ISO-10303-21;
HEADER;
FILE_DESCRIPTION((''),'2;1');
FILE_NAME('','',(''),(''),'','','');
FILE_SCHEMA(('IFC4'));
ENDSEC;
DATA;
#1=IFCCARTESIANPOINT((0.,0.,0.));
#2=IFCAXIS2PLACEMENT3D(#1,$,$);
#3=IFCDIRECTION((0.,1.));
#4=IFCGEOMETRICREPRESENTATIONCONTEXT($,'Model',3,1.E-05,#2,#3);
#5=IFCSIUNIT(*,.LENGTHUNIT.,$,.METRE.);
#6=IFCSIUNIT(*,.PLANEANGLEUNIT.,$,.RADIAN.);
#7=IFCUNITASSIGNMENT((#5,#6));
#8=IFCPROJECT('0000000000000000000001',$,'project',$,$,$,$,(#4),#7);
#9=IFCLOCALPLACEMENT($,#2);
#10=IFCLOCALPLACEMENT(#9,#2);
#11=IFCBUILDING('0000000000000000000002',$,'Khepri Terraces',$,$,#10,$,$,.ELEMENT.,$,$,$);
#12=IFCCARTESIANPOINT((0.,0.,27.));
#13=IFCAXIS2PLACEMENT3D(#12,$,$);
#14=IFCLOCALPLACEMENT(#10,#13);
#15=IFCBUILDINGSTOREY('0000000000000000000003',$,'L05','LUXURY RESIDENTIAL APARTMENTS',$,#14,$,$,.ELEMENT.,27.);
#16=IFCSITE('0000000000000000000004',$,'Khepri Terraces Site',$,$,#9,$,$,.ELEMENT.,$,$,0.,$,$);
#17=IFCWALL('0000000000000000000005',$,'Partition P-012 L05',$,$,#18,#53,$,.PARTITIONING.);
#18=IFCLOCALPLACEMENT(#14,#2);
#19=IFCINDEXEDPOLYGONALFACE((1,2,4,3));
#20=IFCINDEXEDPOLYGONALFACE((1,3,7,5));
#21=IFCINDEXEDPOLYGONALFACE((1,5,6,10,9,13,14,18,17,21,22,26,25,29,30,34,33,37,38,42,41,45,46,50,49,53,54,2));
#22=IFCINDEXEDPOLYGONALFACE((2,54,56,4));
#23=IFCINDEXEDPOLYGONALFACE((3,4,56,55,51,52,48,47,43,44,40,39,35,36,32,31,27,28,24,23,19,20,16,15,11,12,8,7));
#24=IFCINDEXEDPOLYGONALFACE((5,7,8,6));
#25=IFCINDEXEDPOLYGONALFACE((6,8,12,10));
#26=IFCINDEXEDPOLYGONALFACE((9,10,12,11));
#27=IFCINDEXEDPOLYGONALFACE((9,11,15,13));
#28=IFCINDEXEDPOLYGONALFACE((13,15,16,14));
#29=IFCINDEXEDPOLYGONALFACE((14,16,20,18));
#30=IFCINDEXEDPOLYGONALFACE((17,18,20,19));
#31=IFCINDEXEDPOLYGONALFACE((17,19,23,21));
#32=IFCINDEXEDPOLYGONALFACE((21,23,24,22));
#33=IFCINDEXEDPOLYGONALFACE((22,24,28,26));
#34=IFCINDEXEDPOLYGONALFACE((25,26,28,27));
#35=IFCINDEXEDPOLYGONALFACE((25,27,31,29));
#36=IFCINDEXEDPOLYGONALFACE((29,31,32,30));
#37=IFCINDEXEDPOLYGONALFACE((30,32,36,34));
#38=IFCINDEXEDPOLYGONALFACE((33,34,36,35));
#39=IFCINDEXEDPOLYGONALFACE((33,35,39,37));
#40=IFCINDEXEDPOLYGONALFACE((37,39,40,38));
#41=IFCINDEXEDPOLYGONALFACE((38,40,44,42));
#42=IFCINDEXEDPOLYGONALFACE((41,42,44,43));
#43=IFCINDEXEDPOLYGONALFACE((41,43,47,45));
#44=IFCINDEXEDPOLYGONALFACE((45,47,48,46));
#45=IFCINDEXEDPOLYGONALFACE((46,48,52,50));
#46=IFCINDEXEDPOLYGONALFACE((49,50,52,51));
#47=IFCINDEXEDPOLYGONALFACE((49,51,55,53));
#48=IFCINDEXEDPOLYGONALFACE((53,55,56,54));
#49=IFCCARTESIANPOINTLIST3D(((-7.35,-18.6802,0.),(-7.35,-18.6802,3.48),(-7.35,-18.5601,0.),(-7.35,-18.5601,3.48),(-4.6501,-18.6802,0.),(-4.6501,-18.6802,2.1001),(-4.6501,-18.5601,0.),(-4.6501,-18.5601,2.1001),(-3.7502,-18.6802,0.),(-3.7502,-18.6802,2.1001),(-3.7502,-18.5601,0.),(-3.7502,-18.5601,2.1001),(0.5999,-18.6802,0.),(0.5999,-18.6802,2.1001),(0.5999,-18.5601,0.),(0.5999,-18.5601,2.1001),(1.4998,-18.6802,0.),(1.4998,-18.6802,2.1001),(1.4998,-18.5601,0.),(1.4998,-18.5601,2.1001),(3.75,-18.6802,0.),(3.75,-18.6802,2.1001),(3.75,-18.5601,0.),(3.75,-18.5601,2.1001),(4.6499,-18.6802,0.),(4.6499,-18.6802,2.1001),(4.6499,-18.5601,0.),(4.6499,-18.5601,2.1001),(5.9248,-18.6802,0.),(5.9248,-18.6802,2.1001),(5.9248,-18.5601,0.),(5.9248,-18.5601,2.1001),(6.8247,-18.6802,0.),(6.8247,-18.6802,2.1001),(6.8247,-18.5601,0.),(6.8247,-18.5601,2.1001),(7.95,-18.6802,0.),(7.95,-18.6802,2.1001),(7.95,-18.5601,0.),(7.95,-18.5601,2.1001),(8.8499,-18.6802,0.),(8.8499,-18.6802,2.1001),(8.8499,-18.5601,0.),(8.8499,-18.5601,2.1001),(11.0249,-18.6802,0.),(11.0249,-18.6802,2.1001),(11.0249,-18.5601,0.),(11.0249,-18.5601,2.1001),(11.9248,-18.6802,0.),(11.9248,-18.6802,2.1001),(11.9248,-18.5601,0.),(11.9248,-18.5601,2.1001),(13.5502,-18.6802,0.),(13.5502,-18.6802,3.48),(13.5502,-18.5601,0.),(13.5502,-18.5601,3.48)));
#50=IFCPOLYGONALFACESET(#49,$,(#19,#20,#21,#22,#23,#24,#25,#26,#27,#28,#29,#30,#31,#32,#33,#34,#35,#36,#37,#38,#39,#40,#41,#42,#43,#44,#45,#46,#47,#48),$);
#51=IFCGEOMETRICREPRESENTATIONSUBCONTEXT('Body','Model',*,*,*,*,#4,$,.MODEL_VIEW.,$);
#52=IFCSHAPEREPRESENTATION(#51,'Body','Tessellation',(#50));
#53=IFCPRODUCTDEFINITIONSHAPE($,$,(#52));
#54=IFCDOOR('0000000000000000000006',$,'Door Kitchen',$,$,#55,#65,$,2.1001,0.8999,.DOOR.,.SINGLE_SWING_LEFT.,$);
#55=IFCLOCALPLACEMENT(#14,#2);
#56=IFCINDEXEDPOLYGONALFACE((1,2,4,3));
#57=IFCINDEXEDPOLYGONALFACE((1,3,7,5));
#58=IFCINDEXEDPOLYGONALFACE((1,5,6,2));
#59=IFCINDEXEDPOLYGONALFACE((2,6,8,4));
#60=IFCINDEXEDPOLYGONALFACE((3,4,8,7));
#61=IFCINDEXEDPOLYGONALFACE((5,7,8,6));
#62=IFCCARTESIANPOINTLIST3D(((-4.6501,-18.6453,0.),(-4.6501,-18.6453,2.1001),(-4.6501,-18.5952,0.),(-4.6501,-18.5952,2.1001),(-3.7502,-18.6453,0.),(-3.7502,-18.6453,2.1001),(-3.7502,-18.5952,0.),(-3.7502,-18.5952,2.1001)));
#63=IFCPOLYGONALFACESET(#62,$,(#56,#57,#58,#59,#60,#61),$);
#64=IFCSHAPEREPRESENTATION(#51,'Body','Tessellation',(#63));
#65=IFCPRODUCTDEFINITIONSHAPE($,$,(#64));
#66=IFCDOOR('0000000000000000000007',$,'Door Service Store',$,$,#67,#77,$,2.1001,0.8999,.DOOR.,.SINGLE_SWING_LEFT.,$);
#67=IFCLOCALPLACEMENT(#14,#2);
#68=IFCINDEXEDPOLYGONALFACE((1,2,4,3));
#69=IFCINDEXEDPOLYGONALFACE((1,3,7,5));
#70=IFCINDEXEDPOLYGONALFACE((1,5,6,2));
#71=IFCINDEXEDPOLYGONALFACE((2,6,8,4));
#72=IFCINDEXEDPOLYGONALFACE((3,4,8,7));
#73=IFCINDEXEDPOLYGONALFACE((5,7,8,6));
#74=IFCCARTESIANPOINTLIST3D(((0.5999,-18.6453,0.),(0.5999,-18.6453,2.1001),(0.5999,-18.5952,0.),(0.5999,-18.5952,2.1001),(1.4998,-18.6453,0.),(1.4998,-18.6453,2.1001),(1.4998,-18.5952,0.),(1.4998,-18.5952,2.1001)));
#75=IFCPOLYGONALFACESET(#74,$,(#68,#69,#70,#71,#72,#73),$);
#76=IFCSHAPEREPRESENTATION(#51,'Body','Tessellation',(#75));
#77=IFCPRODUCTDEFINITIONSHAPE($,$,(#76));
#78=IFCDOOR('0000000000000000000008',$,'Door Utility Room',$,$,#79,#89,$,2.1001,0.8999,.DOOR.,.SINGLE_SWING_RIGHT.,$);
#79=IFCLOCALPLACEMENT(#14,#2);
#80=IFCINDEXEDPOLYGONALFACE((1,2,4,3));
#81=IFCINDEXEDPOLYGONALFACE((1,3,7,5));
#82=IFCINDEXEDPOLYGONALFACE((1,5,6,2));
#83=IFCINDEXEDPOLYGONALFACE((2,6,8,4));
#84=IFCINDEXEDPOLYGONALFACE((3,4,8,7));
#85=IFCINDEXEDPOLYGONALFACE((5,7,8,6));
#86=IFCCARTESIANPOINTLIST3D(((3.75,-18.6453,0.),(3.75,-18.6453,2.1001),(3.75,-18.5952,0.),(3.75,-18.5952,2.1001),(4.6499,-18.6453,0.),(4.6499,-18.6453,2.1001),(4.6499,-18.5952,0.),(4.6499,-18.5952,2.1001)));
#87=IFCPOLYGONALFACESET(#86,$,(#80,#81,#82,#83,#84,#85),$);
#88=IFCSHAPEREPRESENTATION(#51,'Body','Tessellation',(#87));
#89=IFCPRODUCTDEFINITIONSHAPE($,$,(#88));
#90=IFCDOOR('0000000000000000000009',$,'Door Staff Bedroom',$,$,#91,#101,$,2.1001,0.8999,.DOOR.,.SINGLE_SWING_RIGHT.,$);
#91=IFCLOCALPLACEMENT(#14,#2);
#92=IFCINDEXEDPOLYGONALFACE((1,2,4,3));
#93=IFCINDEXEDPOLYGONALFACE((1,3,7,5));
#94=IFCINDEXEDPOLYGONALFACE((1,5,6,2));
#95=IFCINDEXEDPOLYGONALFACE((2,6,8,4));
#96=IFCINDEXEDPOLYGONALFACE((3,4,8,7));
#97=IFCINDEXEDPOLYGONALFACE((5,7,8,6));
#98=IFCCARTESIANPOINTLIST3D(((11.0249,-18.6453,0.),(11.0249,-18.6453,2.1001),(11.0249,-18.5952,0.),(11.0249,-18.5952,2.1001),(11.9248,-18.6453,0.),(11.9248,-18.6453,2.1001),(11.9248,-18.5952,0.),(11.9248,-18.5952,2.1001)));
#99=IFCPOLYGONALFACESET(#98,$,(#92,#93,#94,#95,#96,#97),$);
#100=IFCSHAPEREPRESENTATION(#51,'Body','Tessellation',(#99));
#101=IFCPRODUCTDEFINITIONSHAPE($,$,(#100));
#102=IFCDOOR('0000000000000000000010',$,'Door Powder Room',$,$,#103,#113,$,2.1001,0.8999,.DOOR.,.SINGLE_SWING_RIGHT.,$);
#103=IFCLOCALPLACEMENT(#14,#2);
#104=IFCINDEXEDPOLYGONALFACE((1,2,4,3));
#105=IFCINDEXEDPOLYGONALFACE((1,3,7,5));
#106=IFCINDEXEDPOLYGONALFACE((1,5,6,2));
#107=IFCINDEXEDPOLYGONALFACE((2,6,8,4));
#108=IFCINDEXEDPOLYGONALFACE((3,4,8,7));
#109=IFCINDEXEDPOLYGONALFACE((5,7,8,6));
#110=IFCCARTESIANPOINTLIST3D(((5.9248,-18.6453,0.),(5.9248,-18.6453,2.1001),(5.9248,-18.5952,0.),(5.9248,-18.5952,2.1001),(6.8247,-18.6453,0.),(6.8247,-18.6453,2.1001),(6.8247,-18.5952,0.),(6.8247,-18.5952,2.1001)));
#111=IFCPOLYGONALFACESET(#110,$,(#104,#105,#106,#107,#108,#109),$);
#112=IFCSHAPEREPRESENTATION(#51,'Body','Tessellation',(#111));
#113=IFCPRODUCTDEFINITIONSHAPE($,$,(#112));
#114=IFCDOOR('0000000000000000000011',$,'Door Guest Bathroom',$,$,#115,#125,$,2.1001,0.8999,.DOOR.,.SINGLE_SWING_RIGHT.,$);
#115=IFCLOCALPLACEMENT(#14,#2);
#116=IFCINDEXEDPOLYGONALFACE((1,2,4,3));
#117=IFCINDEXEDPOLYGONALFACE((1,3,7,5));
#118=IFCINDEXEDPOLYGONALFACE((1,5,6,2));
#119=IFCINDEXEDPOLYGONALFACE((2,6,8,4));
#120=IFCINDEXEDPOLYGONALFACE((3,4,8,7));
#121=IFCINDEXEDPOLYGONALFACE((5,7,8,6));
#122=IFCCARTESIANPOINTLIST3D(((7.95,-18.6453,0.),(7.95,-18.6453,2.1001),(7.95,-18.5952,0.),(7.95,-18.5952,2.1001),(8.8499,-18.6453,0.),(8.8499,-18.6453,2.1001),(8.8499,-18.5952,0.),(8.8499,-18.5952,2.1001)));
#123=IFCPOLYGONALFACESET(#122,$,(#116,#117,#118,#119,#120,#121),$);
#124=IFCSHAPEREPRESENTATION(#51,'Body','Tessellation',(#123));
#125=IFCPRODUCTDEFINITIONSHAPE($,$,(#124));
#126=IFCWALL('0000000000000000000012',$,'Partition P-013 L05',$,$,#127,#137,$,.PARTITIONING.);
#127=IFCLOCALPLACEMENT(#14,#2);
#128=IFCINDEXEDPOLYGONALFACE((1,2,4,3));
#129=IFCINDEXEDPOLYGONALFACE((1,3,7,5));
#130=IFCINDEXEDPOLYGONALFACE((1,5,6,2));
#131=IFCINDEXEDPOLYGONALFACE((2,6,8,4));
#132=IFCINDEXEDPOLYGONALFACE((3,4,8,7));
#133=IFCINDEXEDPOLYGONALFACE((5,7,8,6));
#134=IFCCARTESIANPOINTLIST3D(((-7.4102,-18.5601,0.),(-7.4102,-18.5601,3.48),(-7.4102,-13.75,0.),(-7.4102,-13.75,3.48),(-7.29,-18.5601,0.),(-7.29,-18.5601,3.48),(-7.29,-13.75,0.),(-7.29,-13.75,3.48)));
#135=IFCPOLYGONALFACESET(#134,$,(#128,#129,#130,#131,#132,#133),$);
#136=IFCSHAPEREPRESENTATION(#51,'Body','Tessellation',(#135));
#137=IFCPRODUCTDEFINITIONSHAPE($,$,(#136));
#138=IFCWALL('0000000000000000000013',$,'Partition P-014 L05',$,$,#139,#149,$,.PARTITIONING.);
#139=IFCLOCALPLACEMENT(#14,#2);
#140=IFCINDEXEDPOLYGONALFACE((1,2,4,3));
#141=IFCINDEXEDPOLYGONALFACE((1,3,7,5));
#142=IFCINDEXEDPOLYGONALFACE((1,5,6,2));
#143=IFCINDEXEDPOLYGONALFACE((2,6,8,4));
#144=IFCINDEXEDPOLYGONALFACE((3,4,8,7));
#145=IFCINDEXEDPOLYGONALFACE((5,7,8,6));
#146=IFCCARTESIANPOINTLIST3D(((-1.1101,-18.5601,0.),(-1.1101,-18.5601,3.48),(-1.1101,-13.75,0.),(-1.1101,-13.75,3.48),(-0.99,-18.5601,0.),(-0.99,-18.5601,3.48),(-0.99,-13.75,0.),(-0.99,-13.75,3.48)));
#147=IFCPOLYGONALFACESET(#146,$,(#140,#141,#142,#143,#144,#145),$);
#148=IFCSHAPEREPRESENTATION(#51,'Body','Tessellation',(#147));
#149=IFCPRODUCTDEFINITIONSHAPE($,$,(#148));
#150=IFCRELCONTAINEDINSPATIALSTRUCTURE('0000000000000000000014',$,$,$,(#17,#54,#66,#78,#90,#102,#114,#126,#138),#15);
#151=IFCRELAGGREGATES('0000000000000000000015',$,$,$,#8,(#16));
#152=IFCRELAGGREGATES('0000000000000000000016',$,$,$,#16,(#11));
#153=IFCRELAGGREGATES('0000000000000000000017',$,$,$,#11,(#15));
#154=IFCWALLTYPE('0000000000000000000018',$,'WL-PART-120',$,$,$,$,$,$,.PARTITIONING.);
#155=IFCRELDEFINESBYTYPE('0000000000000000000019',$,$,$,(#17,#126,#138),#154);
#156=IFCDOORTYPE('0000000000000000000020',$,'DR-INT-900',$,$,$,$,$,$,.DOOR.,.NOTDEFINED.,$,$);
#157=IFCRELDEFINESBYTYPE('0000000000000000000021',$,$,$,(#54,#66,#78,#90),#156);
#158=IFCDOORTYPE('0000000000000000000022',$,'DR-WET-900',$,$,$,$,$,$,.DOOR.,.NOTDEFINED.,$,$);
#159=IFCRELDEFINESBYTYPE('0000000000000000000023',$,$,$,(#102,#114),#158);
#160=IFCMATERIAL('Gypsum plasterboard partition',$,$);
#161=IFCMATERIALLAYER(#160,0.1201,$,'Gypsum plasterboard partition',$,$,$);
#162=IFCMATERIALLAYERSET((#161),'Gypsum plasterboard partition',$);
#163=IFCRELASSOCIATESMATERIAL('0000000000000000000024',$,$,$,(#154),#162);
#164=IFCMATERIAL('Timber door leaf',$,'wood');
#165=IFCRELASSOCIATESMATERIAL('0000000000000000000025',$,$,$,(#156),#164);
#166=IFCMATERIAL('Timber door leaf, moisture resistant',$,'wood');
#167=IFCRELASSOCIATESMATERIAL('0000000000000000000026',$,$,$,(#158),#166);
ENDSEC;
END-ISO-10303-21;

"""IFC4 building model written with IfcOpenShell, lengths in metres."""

from ifc_helpers import new_model, si_unit, direction, frame, frame_2d, origin, place, context, subcontext, project, spatial, rectangle, extrude, material, layer, layer_set, type_object, element, fill, save


model = new_model("IFC4")

# Units and contexts
model_context = context("Model", 3, precision=1e-05, world=origin(), true_north=direction((0.0, 1.0)))
body_context = subcontext(model_context, "Body", "Model", "MODEL_VIEW")
ifc_project = project(units=[si_unit("LENGTHUNIT", "METRE"), si_unit("PLANEANGLEUNIT", "RADIAN")], contexts=[model_context])

# Site, building, storey
site_placement = place(None, origin())
site = spatial("IfcSite", under=ifc_project, at=site_placement, Name="Khepri Terraces Site", CompositionType="ELEMENT", RefElevation=0.0)
building_placement = place(site_placement, origin())
building = spatial("IfcBuilding", under=site, at=building_placement, Name="Khepri Terraces", CompositionType="ELEMENT")
storey_placement = place(building_placement, frame((0.0, 0.0, 27.0)))
storey = spatial("IfcBuildingStorey", under=building, at=storey_placement, Name="L05", Description="LUXURY RESIDENTIAL APARTMENTS", CompositionType="ELEMENT", Elevation=27.0)

# Shared definitions
ifc_material_1 = material(Name="Gypsum plasterboard partition")
ifc_layer_1 = layer(ifc_material_1, 0.1201, Name="Gypsum plasterboard partition")
ifc_layer_set_1 = layer_set([ifc_layer_1], Name="Gypsum plasterboard partition")
wall_type_1 = type_object("IfcWallType", Name="WL-PART-120", PredefinedType="PARTITIONING", material=ifc_layer_set_1)
ifc_material_2 = material(Name="Timber door leaf", Category="wood")
door_type_1 = type_object("IfcDoorType", Name="DR-INT-900", OperationType="NOTDEFINED", PredefinedType="DOOR", material=ifc_material_2)
ifc_material_3 = material(Name="Timber door leaf, moisture resistant", Category="wood")
door_type_2 = type_object("IfcDoorType", Name="DR-WET-900", OperationType="NOTDEFINED", PredefinedType="DOOR", material=ifc_material_3)

# Wall, openings, doors
wall_1_placement = place(storey_placement, frame((-7.3501, -18.6201, 0.0), z_axis=(0.0, 0.0, 1.0), x_axis=(1.0, 0.0, 0.0)))
wall_1 = element("IfcWall", 1, at=wall_1_placement, inside=storey, type_object=wall_type_1, Name="Partition P-012 L05", PredefinedType="PARTITIONING", context=body_context, shape_type="SweptSolid", body=[
    extrude(rectangle(XDim=20.9001, YDim=0.1201, at=frame_2d((10.4502, 0.0))), origin(), (0.0, 0.0, 1.0), 3.48),
])
opening_1_placement = place(wall_1_placement, frame((2.7, 0.0, 0.0)))
opening_1 = element("IfcOpeningElement", 2, at=opening_1_placement, cuts=wall_1, PredefinedType="OPENING", context=body_context, shape_type="SweptSolid", body=[
    extrude(rectangle(XDim=0.8999, YDim=2.1001, at=frame_2d((0.45, 1.05))), frame((0.0, 0.0701, 0.0), z_axis=(0.0, -1.0, 0.0), x_axis=(1.0, 0.0, 0.0)), (0.0, 0.0, 1.0), 0.1401),
])
opening_2_placement = place(wall_1_placement, frame((7.95, 0.0, 0.0)))
opening_2 = element("IfcOpeningElement", 3, at=opening_2_placement, cuts=wall_1, PredefinedType="OPENING", context=body_context, shape_type="SweptSolid", body=[
    extrude(rectangle(XDim=0.8999, YDim=2.1001, at=frame_2d((0.45, 1.05))), frame((0.0, 0.0701, 0.0), z_axis=(0.0, -1.0, 0.0), x_axis=(1.0, 0.0, 0.0)), (0.0, 0.0, 1.0), 0.1401),
])
opening_3_placement = place(wall_1_placement, frame((11.1001, 0.0, 0.0)))
opening_3 = element("IfcOpeningElement", 4, at=opening_3_placement, cuts=wall_1, PredefinedType="OPENING", context=body_context, shape_type="SweptSolid", body=[
    extrude(rectangle(XDim=0.8999, YDim=2.1001, at=frame_2d((0.45, 1.05))), frame((0.0, 0.0701, 0.0), z_axis=(0.0, -1.0, 0.0), x_axis=(1.0, 0.0, 0.0)), (0.0, 0.0, 1.0), 0.1401),
])
opening_4_placement = place(wall_1_placement, frame((13.2749, 0.0, 0.0)))
opening_4 = element("IfcOpeningElement", 5, at=opening_4_placement, cuts=wall_1, PredefinedType="OPENING", context=body_context, shape_type="SweptSolid", body=[
    extrude(rectangle(XDim=0.8999, YDim=2.1001, at=frame_2d((0.45, 1.05))), frame((0.0, 0.0701, 0.0), z_axis=(0.0, -1.0, 0.0), x_axis=(1.0, 0.0, 0.0)), (0.0, 0.0, 1.0), 0.1401),
])
opening_5_placement = place(wall_1_placement, frame((15.3, 0.0, 0.0)))
opening_5 = element("IfcOpeningElement", 6, at=opening_5_placement, cuts=wall_1, PredefinedType="OPENING", context=body_context, shape_type="SweptSolid", body=[
    extrude(rectangle(XDim=0.8999, YDim=2.1001, at=frame_2d((0.45, 1.05))), frame((0.0, 0.0701, 0.0), z_axis=(0.0, -1.0, 0.0), x_axis=(1.0, 0.0, 0.0)), (0.0, 0.0, 1.0), 0.1401),
])
opening_6_placement = place(wall_1_placement, frame((18.375, 0.0, 0.0)))
opening_6 = element("IfcOpeningElement", 7, at=opening_6_placement, cuts=wall_1, PredefinedType="OPENING", context=body_context, shape_type="SweptSolid", body=[
    extrude(rectangle(XDim=0.8999, YDim=2.1001, at=frame_2d((0.45, 1.05))), frame((0.0, 0.0701, 0.0), z_axis=(0.0, -1.0, 0.0), x_axis=(1.0, 0.0, 0.0)), (0.0, 0.0, 1.0), 0.1401),
])
door_1_placement = place(opening_1_placement, origin())
door_1 = element("IfcDoor", 8, at=door_1_placement, inside=storey, type_object=door_type_1, Name="Door Kitchen", OperationType="SINGLE_SWING_LEFT", OverallHeight=2.1001, OverallWidth=0.8999, PredefinedType="DOOR", context=body_context, shape_type="SweptSolid", body=[
    extrude(rectangle(XDim=0.8999, YDim=2.1001, at=frame_2d((0.45, 1.05))), frame((0.0, 0.0249, 0.0), z_axis=(0.0, -1.0, 0.0), x_axis=(1.0, 0.0, 0.0)), (0.0, 0.0, 1.0), 0.05),
])
fill(opening_1, door_1)
door_2_placement = place(opening_2_placement, origin())
door_2 = element("IfcDoor", 9, at=door_2_placement, inside=storey, type_object=door_type_1, Name="Door Service Store", OperationType="SINGLE_SWING_LEFT", OverallHeight=2.1001, OverallWidth=0.8999, PredefinedType="DOOR", context=body_context, shape_type="SweptSolid", body=[
    extrude(rectangle(XDim=0.8999, YDim=2.1001, at=frame_2d((0.45, 1.05))), frame((0.0, 0.0249, 0.0), z_axis=(0.0, -1.0, 0.0), x_axis=(1.0, 0.0, 0.0)), (0.0, 0.0, 1.0), 0.05),
])
fill(opening_2, door_2)
door_3_placement = place(opening_3_placement, origin())
door_3 = element("IfcDoor", 10, at=door_3_placement, inside=storey, type_object=door_type_1, Name="Door Utility Room", OperationType="SINGLE_SWING_RIGHT", OverallHeight=2.1001, OverallWidth=0.8999, PredefinedType="DOOR", context=body_context, shape_type="SweptSolid", body=[
    extrude(rectangle(XDim=0.8999, YDim=2.1001, at=frame_2d((0.45, 1.05))), frame((0.0, 0.0249, 0.0), z_axis=(0.0, -1.0, 0.0), x_axis=(1.0, 0.0, 0.0)), (0.0, 0.0, 1.0), 0.05),
])
fill(opening_3, door_3)
door_4_placement = place(opening_6_placement, origin())
door_4 = element("IfcDoor", 11, at=door_4_placement, inside=storey, type_object=door_type_1, Name="Door Staff Bedroom", OperationType="SINGLE_SWING_RIGHT", OverallHeight=2.1001, OverallWidth=0.8999, PredefinedType="DOOR", context=body_context, shape_type="SweptSolid", body=[
    extrude(rectangle(XDim=0.8999, YDim=2.1001, at=frame_2d((0.45, 1.05))), frame((0.0, 0.0249, 0.0), z_axis=(0.0, -1.0, 0.0), x_axis=(1.0, 0.0, 0.0)), (0.0, 0.0, 1.0), 0.05),
])
fill(opening_6, door_4)
door_5_placement = place(opening_4_placement, origin())
door_5 = element("IfcDoor", 12, at=door_5_placement, inside=storey, type_object=door_type_2, Name="Door Powder Room", OperationType="SINGLE_SWING_RIGHT", OverallHeight=2.1001, OverallWidth=0.8999, PredefinedType="DOOR", context=body_context, shape_type="SweptSolid", body=[
    extrude(rectangle(XDim=0.8999, YDim=2.1001, at=frame_2d((0.45, 1.05))), frame((0.0, 0.0249, 0.0), z_axis=(0.0, -1.0, 0.0), x_axis=(1.0, 0.0, 0.0)), (0.0, 0.0, 1.0), 0.05),
])
fill(opening_4, door_5)
door_6_placement = place(opening_5_placement, origin())
door_6 = element("IfcDoor", 13, at=door_6_placement, inside=storey, type_object=door_type_2, Name="Door Guest Bathroom", OperationType="SINGLE_SWING_RIGHT", OverallHeight=2.1001, OverallWidth=0.8999, PredefinedType="DOOR", context=body_context, shape_type="SweptSolid", body=[
    extrude(rectangle(XDim=0.8999, YDim=2.1001, at=frame_2d((0.45, 1.05))), frame((0.0, 0.0249, 0.0), z_axis=(0.0, -1.0, 0.0), x_axis=(1.0, 0.0, 0.0)), (0.0, 0.0, 1.0), 0.05),
])
fill(opening_5, door_6)

# Walls
for number, where, z_axis, x_axis, name in (
    (14, (-7.3501, -18.5601, 0.0), (0.0, 0.0, 1.0), (0.0, 1.0, 0.0), "Partition P-013 L05"),
    (15, (-1.05, -18.5601, 0.0), (0.0, 0.0, 1.0), (0.0, 1.0, 0.0), "Partition P-014 L05"),
):
    element("IfcWall", number, at=place(storey_placement, frame(where, z_axis=z_axis, x_axis=x_axis)), inside=storey, type_object=wall_type_1, Name=name, PredefinedType="PARTITIONING", context=body_context, shape_type="SweptSolid", body=[
        extrude(rectangle(XDim=4.8101, YDim=0.1201, at=frame_2d((2.405, 0.0))), origin(), (0.0, 0.0, 1.0), 3.48),
    ])

save(model, "model.ifc")
